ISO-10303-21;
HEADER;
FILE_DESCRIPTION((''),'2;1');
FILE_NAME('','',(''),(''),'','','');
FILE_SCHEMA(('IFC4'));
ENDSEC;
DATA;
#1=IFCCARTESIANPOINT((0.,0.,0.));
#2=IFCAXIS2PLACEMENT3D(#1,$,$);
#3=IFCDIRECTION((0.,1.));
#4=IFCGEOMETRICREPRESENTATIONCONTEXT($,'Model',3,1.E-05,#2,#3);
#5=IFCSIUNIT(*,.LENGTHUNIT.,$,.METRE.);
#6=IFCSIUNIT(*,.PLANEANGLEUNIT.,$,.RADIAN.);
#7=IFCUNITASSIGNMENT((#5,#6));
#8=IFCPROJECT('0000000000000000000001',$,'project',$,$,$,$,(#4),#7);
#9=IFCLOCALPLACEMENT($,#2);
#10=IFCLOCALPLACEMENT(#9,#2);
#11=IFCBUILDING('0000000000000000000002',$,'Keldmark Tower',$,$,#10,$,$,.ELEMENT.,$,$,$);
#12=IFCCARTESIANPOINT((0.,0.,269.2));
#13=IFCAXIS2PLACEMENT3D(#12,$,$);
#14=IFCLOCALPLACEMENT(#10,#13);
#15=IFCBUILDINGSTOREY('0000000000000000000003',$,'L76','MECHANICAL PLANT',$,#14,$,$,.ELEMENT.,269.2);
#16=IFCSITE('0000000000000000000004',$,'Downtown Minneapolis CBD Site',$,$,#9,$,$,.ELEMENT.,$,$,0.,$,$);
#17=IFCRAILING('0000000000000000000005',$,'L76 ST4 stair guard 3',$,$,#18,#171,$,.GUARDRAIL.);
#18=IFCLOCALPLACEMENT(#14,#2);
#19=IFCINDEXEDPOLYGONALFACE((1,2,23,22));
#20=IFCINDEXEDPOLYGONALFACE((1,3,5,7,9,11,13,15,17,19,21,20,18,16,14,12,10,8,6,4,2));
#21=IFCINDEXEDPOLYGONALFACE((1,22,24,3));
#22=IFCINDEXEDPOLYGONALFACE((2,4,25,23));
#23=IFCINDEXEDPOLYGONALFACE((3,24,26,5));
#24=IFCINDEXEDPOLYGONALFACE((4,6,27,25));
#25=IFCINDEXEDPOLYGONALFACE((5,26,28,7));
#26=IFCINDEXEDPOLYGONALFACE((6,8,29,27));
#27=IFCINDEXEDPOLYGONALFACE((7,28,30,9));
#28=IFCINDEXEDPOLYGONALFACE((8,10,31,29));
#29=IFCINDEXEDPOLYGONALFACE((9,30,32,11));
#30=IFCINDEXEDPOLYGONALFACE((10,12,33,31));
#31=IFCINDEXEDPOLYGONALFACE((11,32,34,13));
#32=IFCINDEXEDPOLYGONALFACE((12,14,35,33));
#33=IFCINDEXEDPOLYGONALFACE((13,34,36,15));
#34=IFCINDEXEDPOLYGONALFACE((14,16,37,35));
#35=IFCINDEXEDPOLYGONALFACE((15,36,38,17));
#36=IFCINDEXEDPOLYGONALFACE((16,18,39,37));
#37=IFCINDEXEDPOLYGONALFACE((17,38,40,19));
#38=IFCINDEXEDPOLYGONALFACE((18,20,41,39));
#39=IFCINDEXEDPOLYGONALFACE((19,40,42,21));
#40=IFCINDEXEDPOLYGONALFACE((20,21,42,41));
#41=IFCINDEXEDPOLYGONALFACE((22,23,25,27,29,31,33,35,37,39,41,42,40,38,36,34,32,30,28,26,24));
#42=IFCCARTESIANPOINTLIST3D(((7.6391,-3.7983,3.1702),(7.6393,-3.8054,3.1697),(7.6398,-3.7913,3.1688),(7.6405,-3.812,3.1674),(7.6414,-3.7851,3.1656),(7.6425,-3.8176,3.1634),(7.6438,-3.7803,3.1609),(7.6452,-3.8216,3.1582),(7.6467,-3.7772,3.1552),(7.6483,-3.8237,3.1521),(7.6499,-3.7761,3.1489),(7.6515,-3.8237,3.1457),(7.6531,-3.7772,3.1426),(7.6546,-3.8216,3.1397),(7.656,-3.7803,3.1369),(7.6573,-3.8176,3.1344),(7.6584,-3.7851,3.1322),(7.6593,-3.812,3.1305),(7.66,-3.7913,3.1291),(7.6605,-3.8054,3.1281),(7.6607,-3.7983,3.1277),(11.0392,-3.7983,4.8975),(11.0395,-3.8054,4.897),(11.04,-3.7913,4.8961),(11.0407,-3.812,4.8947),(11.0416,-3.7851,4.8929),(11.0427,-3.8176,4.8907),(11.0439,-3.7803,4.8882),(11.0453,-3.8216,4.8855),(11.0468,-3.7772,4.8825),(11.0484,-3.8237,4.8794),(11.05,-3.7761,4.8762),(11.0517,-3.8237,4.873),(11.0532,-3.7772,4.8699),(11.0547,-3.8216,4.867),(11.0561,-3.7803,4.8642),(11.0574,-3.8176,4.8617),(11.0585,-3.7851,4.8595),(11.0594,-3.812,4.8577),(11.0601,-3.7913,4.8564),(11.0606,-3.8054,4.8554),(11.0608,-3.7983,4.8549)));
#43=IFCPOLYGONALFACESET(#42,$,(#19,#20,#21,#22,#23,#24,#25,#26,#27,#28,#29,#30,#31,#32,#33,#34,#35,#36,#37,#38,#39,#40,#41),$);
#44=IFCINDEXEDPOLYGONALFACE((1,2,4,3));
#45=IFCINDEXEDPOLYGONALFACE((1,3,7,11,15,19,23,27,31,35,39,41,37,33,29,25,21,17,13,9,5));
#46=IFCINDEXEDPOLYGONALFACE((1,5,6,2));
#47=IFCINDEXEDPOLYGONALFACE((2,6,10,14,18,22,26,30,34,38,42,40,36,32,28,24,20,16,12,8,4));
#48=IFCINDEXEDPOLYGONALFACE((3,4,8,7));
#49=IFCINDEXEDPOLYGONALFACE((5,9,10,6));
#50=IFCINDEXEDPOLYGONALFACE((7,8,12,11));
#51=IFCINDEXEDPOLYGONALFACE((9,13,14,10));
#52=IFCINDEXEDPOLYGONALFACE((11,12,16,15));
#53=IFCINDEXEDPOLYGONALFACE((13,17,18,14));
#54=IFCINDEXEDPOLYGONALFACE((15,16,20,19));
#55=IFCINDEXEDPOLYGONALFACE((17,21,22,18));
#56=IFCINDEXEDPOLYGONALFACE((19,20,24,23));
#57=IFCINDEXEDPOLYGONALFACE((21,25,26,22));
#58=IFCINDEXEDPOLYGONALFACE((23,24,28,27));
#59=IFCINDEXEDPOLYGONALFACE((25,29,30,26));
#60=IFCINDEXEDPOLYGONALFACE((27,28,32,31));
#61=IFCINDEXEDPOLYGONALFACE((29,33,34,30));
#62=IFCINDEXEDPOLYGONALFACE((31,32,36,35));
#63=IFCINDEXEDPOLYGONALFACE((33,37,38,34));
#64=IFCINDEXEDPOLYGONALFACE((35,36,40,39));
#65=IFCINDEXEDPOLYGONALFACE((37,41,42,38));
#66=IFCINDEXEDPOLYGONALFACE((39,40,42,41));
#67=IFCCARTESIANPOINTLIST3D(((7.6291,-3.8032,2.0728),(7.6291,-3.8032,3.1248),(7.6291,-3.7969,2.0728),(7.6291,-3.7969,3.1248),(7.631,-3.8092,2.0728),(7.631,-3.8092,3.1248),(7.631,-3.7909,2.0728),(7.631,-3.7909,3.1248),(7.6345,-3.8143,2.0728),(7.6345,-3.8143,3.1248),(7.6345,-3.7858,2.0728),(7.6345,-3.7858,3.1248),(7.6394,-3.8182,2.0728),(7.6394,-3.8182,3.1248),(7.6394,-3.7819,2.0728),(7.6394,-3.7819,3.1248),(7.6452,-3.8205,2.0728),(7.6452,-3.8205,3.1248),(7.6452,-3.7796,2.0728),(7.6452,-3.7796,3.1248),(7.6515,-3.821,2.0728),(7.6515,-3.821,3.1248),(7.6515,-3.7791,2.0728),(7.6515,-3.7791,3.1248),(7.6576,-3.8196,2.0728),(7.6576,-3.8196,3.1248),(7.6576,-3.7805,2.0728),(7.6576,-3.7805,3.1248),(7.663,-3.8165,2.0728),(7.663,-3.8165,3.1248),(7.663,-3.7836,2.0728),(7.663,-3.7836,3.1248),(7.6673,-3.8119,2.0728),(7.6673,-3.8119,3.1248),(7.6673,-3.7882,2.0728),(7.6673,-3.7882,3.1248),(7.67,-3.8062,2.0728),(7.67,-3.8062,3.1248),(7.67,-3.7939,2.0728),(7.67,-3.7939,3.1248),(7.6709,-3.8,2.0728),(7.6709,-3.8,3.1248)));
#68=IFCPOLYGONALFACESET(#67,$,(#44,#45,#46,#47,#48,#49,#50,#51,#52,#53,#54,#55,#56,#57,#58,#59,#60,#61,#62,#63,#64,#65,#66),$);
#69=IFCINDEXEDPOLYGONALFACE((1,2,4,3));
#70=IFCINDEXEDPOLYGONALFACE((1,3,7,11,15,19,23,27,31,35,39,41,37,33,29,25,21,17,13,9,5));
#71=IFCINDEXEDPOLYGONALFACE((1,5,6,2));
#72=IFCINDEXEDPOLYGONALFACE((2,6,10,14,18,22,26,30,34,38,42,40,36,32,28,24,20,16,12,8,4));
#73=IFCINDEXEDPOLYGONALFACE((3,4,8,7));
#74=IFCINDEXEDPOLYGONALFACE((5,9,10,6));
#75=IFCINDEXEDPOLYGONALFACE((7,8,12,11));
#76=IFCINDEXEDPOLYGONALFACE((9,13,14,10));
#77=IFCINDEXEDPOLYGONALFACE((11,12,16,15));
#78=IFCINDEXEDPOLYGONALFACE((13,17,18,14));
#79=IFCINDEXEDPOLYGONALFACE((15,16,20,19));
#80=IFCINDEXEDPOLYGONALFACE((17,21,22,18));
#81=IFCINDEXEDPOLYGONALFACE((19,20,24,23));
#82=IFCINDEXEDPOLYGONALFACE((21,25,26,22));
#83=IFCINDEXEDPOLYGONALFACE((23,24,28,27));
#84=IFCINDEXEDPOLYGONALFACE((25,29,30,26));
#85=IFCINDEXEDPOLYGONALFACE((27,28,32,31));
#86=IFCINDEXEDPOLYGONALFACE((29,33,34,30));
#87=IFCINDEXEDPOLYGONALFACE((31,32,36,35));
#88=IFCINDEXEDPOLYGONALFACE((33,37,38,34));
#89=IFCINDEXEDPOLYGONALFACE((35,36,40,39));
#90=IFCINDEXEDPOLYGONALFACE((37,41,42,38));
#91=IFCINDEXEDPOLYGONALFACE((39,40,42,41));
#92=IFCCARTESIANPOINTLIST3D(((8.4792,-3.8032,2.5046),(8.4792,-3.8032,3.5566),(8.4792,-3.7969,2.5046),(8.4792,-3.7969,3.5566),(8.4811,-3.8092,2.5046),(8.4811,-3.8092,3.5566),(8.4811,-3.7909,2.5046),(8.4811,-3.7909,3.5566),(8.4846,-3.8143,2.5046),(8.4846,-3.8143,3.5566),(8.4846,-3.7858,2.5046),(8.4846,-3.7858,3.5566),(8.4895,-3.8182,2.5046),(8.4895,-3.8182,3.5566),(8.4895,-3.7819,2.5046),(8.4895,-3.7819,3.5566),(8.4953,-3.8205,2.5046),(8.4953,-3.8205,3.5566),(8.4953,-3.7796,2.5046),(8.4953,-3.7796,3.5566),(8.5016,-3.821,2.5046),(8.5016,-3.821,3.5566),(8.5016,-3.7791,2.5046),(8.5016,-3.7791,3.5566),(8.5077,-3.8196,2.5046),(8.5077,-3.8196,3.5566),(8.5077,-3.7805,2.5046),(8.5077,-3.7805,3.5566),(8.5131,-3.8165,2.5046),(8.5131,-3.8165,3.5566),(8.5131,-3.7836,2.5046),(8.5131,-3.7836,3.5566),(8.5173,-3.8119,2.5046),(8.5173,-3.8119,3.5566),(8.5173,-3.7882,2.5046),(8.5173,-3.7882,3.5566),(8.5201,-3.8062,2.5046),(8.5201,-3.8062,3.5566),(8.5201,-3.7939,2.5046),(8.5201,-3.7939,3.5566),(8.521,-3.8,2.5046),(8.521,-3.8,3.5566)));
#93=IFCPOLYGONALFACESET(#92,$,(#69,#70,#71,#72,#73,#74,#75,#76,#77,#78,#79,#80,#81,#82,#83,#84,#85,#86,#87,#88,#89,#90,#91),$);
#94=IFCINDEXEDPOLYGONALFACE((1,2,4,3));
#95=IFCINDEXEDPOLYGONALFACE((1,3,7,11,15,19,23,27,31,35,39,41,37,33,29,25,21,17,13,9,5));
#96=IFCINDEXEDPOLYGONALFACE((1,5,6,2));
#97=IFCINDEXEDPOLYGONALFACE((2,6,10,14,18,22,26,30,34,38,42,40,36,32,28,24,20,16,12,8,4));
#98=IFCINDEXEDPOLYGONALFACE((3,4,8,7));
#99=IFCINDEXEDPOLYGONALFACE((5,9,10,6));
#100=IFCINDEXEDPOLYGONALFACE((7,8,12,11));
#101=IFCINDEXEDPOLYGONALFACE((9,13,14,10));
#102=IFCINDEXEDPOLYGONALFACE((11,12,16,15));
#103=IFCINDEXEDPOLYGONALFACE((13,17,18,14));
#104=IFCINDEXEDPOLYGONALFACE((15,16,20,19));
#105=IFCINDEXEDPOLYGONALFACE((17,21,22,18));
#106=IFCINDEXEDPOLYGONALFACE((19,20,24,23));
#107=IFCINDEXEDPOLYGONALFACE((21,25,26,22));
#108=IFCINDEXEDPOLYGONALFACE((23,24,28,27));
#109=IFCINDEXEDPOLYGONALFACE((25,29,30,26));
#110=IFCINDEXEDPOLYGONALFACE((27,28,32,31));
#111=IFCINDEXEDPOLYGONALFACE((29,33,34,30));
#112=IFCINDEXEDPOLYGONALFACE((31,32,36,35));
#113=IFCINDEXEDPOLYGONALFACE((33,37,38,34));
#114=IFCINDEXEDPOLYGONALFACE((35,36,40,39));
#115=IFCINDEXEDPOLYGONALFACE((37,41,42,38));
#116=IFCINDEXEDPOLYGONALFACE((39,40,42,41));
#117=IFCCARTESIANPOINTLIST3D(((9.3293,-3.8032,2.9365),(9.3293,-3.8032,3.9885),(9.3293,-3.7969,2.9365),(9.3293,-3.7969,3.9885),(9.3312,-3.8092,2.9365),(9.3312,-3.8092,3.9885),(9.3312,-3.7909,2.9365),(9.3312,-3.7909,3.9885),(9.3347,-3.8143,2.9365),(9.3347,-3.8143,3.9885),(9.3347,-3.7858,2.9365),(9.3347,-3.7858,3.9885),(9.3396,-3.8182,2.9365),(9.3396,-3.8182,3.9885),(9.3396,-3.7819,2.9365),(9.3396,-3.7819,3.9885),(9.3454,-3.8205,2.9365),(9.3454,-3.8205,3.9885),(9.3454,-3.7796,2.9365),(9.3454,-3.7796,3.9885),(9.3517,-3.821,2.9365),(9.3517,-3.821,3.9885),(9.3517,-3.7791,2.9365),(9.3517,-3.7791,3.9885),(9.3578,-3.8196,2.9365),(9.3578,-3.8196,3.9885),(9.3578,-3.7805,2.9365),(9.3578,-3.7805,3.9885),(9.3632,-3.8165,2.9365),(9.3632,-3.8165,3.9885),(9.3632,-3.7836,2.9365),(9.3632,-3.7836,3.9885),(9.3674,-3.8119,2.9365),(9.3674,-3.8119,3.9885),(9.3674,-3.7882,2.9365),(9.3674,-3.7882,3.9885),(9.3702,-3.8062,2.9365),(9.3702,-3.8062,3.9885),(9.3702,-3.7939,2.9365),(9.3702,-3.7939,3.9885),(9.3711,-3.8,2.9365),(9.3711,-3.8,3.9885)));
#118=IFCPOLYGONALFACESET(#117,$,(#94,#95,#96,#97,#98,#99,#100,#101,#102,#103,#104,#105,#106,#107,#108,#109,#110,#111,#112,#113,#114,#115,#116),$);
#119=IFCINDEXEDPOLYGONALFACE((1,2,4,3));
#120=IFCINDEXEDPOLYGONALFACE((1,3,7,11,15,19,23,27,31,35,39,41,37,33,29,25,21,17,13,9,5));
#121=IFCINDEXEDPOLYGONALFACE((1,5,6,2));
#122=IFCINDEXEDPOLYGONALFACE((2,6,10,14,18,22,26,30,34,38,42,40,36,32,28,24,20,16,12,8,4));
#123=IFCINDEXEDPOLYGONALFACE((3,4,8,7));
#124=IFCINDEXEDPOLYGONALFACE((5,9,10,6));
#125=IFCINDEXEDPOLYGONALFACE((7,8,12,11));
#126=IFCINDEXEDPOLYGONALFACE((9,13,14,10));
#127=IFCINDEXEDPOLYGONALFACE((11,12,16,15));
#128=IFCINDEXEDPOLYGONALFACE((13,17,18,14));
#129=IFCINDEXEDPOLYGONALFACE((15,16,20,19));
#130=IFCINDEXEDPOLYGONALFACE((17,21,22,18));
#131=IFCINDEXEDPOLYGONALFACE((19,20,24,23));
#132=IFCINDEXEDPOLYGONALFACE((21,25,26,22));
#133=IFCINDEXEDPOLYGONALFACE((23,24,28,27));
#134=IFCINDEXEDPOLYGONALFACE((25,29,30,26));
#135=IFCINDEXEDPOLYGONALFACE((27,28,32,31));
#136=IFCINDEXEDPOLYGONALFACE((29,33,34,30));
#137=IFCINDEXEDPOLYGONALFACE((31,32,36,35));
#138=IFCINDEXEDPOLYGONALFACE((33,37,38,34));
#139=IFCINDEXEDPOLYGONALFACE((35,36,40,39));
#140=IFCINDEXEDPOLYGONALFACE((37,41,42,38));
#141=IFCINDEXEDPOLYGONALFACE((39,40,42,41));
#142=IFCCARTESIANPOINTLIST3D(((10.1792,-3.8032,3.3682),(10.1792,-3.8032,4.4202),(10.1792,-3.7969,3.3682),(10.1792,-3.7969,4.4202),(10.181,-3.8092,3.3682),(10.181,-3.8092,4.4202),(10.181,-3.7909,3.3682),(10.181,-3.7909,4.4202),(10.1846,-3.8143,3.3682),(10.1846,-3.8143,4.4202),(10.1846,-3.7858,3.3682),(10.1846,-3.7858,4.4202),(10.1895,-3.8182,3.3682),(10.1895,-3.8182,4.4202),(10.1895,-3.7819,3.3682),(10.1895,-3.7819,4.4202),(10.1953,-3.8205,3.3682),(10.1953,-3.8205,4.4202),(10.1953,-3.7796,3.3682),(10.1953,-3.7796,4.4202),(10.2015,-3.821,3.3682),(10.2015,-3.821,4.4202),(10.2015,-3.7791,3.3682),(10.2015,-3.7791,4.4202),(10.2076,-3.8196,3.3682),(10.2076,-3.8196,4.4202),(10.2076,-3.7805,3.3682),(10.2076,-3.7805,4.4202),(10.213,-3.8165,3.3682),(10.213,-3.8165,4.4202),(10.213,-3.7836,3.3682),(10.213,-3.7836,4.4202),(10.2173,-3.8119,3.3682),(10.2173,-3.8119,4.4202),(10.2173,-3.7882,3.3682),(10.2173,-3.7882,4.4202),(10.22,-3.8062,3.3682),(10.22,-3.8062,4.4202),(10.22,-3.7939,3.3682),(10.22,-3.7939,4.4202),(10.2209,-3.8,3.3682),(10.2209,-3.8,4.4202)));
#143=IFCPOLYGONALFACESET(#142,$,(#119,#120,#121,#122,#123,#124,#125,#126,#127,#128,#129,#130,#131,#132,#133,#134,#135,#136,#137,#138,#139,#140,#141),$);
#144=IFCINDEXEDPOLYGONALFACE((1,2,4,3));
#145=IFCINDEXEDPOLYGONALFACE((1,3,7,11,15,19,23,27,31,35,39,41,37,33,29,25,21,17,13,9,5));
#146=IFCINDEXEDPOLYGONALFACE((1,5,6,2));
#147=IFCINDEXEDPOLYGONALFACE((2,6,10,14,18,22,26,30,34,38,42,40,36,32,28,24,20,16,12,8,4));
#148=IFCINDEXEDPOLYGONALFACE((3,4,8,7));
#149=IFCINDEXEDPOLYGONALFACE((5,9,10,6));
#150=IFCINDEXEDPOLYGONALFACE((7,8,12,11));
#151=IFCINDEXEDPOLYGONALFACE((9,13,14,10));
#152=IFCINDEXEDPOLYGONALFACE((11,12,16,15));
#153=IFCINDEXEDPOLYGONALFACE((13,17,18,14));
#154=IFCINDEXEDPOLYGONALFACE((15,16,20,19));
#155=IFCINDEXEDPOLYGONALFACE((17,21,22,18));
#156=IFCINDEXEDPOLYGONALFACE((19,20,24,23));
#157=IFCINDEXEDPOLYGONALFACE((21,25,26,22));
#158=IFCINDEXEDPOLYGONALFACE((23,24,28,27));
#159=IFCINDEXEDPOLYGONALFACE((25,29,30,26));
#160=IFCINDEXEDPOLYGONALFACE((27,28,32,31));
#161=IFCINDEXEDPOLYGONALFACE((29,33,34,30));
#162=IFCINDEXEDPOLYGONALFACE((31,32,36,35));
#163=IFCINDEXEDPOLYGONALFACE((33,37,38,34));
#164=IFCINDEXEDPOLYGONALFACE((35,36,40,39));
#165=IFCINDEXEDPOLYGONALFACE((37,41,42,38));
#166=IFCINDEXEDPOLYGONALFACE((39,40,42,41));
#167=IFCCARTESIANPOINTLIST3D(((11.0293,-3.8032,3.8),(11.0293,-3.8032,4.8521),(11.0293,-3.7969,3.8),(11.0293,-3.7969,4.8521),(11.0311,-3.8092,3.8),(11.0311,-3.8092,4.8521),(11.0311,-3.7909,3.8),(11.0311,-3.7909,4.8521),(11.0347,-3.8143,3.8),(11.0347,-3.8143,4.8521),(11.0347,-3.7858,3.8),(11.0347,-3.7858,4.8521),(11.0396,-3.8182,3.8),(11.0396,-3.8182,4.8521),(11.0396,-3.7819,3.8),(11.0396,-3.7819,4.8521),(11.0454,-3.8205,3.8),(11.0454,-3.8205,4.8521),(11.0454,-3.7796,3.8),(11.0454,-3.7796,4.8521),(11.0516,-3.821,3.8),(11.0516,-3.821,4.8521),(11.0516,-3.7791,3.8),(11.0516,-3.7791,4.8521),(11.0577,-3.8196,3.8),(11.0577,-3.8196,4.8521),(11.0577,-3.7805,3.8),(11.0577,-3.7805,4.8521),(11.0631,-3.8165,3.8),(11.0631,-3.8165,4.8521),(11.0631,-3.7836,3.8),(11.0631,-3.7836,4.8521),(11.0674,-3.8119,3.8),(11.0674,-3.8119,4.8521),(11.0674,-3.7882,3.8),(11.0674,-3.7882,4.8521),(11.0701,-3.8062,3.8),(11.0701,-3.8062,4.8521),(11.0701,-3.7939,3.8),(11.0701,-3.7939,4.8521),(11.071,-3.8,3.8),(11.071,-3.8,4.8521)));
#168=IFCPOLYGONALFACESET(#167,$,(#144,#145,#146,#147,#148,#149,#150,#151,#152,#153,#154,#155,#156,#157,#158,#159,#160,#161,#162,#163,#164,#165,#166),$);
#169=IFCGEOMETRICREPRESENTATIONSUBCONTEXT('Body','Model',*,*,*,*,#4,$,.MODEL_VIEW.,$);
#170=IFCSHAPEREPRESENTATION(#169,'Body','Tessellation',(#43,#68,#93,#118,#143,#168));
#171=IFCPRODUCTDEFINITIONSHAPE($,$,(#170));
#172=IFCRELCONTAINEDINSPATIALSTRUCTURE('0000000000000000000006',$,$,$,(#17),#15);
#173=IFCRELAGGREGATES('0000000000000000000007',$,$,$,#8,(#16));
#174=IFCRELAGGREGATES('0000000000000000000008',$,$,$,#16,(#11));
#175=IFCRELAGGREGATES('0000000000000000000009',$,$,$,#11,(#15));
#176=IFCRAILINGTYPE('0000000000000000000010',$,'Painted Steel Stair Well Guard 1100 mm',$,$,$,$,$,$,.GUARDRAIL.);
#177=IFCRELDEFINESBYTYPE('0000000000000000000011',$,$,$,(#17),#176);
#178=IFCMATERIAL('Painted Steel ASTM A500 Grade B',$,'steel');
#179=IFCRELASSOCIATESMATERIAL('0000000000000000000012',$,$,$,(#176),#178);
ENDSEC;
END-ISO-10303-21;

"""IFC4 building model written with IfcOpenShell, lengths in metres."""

from ifc_helpers import new_model, si_unit, direction, frame, origin, origin_2d, place, context, subcontext, project, spatial, circle, extrude, material, type_object, element, save


model = new_model("IFC4")

# Units and contexts
model_context = context("Model", 3, precision=1e-05, world=origin(), true_north=direction((0.0, 1.0)))
body_context = subcontext(model_context, "Body", "Model", "MODEL_VIEW")
ifc_project = project(units=[si_unit("LENGTHUNIT", "METRE"), si_unit("PLANEANGLEUNIT", "RADIAN")], contexts=[model_context])

# Site, building, storey
site_placement = place(None, origin())
site = spatial("IfcSite", under=ifc_project, at=site_placement, Name="Downtown Minneapolis CBD Site", CompositionType="ELEMENT", RefElevation=0.0)
building_placement = place(site_placement, origin())
building = spatial("IfcBuilding", under=site, at=building_placement, Name="Keldmark Tower", CompositionType="ELEMENT")
storey_placement = place(building_placement, frame((0.0, 0.0, 269.2)))
storey = spatial("IfcBuildingStorey", under=building, at=storey_placement, Name="L76", Description="MECHANICAL PLANT", CompositionType="ELEMENT", Elevation=269.2)

# Railing
ifc_material_1 = material(Name="Painted Steel ASTM A500 Grade B", Category="steel")
railing_type_1 = type_object("IfcRailingType", Name="Painted Steel Stair Well Guard 1100 mm", PredefinedType="GUARDRAIL", material=ifc_material_1)
railing_1_placement = place(storey_placement, frame((7.6499, -3.8, 2.0728)))
element("IfcRailing", 1, at=railing_1_placement, inside=storey, type_object=railing_type_1, Name="L76 ST4 stair guard 3", PredefinedType="GUARDRAIL", context=body_context, shape_type="SweptSolid", body=[
    extrude(circle(Radius=0.0239, at=origin_2d()), frame((0.0, 0.0, 1.0762), z_axis=(0.891554, 0.0, 0.452915), x_axis=(0.0, 1.0, 0.0)), (0.0, 0.0, 1.0), 3.8137),
    extrude(circle(Radius=0.021, at=origin_2d()), origin(), (0.0, 0.0, 1.0), 1.052),
    extrude(circle(Radius=0.021, at=origin_2d()), frame((0.8501, 0.0, 0.4319)), (0.0, 0.0, 1.0), 1.052),
    extrude(circle(Radius=0.021, at=origin_2d()), frame((1.7002, 0.0, 0.8638)), (0.0, 0.0, 1.0), 1.052),
    extrude(circle(Radius=0.021, at=origin_2d()), frame((2.55, 0.0, 1.2954)), (0.0, 0.0, 1.0), 1.052),
    extrude(circle(Radius=0.021, at=origin_2d()), frame((3.4001, 0.0, 1.7273)), (0.0, 0.0, 1.0), 1.052),
])

save(model, "model.ifc")
